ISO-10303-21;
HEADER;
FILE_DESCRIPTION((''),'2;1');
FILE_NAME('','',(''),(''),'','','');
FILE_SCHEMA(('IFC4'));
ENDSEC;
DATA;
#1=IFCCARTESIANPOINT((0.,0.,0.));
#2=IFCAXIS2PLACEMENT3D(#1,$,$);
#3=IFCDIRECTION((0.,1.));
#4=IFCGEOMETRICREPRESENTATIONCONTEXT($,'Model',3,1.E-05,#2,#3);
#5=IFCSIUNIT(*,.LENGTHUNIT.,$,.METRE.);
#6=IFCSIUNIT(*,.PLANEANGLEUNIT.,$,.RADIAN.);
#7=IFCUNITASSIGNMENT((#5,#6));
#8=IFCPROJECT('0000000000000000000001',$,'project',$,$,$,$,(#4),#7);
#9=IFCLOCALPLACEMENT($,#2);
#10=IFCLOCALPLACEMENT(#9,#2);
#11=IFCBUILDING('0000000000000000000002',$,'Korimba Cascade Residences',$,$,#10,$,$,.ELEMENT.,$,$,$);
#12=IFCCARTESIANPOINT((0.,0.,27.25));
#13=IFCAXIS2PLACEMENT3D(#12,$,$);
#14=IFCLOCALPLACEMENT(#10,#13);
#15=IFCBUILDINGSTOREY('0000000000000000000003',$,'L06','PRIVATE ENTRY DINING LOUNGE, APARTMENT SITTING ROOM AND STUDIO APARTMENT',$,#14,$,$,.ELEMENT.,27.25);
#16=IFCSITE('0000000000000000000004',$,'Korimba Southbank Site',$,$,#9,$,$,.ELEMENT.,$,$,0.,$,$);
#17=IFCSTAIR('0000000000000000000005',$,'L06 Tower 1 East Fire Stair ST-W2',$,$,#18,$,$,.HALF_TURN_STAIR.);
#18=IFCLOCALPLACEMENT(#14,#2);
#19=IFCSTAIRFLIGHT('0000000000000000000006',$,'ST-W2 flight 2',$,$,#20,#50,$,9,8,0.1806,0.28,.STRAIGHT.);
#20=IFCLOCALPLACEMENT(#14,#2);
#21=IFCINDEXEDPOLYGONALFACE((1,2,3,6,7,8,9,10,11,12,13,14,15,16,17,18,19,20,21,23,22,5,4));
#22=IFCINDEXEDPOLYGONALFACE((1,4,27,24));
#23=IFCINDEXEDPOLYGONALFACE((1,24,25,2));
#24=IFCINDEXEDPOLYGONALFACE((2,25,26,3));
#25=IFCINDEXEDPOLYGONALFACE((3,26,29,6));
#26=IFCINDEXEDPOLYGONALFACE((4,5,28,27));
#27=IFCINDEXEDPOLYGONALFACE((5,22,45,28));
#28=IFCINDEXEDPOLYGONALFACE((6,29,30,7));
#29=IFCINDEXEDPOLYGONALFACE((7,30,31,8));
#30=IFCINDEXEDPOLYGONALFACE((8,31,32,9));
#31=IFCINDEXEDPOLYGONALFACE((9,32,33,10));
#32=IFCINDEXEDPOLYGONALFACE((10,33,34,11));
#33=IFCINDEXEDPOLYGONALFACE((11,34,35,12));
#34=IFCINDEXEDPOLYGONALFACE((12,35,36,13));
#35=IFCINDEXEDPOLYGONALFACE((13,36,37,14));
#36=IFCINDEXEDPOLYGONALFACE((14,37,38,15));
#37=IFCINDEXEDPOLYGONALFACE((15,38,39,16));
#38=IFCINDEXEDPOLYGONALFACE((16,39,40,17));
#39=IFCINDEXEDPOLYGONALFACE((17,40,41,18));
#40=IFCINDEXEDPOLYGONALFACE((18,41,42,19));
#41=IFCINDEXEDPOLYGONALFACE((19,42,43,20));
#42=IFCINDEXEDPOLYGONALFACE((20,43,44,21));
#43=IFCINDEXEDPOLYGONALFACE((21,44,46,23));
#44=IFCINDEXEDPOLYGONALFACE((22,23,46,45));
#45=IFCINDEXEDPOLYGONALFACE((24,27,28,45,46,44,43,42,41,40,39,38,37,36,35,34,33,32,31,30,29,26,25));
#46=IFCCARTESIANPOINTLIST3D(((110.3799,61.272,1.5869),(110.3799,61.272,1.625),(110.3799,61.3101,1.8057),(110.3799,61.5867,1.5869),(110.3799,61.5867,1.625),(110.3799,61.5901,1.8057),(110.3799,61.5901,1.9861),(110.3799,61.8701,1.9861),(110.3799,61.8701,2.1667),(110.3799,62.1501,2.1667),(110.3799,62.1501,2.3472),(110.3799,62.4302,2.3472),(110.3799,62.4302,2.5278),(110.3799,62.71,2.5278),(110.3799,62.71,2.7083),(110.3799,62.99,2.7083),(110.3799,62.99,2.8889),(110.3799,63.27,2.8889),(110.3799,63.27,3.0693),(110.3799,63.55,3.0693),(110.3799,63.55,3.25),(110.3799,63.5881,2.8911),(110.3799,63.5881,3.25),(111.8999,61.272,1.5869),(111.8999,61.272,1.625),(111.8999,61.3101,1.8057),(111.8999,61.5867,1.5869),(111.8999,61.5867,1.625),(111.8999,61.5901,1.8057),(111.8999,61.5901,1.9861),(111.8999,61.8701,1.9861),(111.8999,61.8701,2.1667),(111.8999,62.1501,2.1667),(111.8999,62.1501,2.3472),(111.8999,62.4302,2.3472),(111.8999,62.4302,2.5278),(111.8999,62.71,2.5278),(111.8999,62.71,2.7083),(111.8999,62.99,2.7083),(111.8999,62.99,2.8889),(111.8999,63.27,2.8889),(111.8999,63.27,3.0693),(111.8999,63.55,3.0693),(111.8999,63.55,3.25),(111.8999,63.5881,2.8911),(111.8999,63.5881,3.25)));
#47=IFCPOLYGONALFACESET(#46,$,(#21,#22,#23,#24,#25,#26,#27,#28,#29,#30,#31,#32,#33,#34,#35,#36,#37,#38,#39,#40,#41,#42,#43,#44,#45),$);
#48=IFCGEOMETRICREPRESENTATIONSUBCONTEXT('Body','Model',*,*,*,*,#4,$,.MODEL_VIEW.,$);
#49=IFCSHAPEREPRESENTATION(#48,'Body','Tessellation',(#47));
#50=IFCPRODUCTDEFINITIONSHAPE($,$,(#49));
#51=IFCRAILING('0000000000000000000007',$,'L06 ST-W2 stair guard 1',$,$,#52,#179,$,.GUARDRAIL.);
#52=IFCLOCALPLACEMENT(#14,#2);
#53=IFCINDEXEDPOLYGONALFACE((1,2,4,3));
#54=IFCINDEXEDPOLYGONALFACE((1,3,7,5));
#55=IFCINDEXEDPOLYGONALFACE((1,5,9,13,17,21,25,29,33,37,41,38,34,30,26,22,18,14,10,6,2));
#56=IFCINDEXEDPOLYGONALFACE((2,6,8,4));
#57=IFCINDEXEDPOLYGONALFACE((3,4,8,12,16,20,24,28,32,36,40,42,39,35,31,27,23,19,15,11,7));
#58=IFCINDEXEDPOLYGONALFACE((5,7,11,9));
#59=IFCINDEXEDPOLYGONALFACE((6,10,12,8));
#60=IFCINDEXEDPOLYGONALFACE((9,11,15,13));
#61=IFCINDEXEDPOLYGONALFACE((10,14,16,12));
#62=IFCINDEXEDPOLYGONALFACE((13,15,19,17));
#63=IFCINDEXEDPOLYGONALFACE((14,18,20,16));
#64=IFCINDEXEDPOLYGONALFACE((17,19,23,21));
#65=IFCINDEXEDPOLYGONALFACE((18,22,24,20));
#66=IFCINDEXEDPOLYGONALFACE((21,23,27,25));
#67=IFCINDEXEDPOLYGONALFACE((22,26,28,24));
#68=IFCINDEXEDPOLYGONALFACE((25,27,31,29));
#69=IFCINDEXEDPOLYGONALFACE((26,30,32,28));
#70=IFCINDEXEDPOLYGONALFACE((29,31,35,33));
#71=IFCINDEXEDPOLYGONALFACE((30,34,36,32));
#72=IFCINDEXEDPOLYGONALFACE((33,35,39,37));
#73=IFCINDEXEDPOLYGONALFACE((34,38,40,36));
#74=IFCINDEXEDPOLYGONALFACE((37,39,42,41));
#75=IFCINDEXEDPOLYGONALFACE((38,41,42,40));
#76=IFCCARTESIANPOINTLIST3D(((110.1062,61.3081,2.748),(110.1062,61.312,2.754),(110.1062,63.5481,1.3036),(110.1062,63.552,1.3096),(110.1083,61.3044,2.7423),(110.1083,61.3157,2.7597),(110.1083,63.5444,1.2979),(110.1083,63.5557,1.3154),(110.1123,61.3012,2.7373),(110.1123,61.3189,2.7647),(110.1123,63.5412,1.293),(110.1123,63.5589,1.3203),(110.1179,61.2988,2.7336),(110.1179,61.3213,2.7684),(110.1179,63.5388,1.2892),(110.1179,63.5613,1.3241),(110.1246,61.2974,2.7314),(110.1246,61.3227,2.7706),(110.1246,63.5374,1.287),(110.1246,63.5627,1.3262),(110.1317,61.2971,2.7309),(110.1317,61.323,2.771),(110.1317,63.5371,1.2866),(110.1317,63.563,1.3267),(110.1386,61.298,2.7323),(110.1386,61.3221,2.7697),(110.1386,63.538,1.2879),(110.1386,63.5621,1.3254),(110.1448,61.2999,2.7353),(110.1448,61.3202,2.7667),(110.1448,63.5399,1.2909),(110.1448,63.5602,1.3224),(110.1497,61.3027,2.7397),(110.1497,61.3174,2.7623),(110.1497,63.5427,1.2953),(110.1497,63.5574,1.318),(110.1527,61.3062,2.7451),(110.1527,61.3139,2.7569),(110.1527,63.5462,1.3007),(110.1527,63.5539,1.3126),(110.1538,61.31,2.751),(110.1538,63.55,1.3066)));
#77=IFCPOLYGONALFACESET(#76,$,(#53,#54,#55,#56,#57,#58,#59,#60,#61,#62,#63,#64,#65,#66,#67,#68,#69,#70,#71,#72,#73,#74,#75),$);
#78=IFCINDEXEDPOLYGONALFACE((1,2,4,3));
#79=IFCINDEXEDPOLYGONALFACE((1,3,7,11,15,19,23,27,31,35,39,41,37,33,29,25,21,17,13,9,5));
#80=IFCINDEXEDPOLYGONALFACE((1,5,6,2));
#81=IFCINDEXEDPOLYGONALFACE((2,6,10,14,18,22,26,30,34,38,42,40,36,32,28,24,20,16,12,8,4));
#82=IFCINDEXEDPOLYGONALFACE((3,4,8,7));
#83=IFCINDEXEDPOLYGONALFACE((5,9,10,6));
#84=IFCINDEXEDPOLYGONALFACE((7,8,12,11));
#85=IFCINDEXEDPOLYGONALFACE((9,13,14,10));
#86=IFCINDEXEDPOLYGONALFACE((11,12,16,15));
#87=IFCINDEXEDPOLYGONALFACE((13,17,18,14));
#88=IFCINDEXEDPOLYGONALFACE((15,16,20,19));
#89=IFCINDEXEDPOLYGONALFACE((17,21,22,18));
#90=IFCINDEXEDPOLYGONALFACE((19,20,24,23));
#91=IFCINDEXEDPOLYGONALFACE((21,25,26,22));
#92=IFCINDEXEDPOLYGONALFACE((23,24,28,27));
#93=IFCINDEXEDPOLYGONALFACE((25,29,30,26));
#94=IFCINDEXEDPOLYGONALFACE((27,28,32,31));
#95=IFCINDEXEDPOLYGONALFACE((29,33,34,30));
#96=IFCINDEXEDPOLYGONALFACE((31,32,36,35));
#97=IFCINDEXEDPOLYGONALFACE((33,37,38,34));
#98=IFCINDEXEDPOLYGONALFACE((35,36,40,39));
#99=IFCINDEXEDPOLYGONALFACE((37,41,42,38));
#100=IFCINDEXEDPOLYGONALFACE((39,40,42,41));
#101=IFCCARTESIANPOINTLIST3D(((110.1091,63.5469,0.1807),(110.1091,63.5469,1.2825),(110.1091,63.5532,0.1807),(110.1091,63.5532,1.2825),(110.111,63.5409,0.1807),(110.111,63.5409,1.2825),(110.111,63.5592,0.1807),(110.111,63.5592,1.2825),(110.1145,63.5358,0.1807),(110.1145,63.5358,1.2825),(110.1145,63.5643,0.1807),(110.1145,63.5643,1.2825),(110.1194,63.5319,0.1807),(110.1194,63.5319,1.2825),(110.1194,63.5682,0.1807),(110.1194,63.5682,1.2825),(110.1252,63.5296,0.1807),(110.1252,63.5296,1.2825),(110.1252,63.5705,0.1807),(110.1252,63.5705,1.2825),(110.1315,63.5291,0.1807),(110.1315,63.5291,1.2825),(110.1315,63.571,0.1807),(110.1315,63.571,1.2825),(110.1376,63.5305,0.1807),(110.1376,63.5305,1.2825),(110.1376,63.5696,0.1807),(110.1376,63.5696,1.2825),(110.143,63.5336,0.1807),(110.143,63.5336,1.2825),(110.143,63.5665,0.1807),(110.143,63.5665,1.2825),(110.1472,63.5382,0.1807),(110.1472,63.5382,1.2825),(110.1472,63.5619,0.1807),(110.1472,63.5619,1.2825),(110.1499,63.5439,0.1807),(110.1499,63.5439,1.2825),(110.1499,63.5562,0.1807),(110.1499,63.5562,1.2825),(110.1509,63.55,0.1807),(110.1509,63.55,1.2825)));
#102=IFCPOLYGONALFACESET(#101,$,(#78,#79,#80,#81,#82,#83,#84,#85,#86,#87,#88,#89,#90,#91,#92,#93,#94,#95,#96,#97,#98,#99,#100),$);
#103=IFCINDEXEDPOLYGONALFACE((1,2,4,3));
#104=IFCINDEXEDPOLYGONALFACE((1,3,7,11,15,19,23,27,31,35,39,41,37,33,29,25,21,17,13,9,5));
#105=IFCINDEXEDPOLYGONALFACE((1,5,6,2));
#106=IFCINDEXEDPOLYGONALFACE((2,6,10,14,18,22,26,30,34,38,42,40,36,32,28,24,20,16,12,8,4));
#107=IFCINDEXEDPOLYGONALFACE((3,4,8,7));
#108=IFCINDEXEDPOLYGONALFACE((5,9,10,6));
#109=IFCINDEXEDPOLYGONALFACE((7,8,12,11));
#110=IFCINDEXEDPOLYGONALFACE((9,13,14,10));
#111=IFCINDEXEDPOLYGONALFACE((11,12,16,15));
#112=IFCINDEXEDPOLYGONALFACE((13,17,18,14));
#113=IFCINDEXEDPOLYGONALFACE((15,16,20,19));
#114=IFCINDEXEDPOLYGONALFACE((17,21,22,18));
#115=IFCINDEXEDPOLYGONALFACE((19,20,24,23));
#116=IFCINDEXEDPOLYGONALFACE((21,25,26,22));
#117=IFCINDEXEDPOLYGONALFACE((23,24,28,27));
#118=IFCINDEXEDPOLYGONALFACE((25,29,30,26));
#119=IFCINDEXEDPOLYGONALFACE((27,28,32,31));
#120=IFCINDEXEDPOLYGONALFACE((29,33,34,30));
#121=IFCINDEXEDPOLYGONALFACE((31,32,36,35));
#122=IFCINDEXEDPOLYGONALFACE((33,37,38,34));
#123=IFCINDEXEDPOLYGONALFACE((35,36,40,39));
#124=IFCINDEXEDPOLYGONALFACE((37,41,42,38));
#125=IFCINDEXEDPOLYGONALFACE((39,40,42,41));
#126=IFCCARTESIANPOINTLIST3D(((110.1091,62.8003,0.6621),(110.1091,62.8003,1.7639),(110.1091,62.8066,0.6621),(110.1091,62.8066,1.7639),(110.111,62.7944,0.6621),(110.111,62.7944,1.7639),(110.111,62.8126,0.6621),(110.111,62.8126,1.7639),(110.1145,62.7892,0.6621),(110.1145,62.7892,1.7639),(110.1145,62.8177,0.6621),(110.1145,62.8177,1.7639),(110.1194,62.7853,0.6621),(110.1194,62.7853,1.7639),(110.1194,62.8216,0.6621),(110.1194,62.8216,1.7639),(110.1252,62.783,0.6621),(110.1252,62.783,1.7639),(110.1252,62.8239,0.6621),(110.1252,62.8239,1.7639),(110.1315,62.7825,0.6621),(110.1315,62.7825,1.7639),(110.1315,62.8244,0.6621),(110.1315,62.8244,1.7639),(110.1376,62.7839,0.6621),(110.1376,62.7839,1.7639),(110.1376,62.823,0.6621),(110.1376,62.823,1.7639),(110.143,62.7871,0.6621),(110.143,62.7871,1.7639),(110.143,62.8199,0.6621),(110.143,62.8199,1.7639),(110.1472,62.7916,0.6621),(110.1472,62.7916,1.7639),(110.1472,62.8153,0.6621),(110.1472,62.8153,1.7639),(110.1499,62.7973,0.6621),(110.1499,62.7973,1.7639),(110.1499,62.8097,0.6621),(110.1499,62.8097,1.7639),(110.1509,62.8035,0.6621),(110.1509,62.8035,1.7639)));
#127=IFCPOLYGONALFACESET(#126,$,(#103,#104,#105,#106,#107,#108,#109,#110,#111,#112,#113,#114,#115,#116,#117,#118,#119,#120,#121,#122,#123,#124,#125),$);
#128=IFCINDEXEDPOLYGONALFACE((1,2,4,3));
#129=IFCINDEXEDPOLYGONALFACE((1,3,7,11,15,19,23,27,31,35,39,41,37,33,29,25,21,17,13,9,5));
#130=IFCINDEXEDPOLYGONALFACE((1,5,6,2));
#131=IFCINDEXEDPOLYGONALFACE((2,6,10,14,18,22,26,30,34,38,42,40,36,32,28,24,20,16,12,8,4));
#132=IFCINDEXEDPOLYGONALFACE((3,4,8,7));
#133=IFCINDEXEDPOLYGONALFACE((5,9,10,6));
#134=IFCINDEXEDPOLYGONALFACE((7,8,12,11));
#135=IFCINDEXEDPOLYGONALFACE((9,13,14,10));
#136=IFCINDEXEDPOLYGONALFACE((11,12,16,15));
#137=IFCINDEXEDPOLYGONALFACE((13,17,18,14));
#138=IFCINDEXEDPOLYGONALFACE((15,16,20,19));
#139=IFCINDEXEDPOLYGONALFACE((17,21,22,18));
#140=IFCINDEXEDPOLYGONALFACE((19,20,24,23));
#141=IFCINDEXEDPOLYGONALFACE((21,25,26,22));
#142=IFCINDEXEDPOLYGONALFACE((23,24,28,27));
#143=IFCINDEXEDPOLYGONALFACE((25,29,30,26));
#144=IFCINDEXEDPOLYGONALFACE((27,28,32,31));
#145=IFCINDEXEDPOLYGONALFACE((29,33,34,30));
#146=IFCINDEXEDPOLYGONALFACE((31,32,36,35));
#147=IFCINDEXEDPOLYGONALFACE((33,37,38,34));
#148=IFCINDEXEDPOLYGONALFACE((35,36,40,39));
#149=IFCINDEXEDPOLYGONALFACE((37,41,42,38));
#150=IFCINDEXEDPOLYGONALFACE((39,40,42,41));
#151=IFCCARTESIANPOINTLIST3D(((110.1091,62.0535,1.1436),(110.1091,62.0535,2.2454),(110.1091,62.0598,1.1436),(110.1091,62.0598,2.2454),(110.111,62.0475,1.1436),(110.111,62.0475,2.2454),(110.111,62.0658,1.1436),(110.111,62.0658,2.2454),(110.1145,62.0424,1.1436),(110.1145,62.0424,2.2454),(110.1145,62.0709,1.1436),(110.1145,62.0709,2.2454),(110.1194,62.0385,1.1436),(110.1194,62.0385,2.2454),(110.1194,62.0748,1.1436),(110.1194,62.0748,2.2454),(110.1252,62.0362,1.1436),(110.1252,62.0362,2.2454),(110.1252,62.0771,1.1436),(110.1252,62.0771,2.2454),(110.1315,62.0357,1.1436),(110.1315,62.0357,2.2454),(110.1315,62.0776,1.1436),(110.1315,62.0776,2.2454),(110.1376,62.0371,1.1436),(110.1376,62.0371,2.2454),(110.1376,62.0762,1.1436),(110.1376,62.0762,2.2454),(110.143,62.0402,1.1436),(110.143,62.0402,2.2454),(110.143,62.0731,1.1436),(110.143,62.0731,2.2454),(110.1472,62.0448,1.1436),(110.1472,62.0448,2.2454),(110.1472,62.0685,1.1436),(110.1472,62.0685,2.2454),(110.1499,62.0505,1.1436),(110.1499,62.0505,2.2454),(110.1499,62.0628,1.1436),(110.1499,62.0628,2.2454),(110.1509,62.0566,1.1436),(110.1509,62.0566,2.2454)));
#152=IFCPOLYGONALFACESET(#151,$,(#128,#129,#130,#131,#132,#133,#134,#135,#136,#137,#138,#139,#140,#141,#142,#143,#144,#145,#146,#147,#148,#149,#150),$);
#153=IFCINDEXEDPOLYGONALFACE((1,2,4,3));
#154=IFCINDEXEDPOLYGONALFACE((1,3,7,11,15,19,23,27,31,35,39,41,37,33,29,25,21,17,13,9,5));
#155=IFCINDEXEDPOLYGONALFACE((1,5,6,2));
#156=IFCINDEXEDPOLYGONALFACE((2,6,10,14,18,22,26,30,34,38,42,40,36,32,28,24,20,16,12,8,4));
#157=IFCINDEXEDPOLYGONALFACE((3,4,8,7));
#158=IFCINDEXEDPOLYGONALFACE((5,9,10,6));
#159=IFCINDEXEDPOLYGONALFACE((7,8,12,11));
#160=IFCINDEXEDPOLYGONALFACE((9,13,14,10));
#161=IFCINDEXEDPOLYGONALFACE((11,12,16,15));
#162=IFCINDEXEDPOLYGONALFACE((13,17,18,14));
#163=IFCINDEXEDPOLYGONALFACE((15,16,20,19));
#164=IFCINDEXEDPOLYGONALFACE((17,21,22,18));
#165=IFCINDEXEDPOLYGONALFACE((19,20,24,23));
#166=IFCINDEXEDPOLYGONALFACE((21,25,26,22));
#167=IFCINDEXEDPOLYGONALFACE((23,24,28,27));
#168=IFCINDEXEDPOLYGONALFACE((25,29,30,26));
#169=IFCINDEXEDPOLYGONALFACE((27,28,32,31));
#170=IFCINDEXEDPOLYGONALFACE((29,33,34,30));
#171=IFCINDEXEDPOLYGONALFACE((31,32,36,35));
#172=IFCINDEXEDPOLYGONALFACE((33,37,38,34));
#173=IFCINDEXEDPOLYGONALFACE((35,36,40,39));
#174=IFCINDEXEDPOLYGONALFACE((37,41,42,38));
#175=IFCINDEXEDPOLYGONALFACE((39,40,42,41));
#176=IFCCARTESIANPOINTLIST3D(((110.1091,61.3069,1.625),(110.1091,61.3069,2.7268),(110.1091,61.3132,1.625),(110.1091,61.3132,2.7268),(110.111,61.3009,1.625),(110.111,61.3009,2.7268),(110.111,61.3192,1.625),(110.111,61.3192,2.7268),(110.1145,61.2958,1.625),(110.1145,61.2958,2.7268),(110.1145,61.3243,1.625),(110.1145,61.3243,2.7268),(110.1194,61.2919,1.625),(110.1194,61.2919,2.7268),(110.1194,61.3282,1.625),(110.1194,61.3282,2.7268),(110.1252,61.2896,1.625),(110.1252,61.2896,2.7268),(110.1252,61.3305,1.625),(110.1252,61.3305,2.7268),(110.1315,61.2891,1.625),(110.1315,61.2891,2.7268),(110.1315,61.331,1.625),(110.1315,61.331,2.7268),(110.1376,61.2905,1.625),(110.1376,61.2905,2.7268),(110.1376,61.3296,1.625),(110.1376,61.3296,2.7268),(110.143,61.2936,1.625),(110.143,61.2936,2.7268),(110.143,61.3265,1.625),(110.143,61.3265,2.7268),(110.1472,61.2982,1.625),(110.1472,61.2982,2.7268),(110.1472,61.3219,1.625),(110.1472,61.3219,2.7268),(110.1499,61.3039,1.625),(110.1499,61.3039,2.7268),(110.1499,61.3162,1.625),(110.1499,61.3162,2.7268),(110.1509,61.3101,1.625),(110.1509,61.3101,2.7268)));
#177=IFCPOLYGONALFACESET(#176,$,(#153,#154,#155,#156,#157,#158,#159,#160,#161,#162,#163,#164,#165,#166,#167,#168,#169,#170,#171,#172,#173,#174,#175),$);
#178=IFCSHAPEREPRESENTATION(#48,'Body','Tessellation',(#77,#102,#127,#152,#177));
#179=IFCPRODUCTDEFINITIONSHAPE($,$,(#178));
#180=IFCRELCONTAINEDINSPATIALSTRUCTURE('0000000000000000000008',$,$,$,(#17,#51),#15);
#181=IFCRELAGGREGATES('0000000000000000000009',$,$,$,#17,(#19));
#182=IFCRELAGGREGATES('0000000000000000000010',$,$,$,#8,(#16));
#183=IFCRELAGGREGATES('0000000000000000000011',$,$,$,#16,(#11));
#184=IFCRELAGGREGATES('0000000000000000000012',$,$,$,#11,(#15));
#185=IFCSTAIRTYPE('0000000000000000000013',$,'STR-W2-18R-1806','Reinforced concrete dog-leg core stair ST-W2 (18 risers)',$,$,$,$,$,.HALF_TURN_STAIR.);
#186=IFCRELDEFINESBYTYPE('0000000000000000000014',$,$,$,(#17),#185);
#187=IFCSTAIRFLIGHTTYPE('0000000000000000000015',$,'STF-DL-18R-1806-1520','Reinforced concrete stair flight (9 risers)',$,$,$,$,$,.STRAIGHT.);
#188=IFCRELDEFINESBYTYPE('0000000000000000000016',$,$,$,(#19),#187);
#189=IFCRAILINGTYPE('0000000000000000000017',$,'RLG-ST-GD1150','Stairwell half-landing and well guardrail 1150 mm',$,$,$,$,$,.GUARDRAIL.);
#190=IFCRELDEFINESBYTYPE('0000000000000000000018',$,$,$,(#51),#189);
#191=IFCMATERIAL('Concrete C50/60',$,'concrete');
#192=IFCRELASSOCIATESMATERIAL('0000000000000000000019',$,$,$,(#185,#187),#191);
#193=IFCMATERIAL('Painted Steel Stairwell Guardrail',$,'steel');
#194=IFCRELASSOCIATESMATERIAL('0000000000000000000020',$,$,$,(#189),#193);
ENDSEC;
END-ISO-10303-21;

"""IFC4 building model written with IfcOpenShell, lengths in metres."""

from ifc_helpers import new_model, si_unit, direction, frame, origin, origin_2d, place, context, subcontext, project, spatial, polyline, circle, outline, extrude, material, type_object, element, aggregate, save


model = new_model("IFC4")

# Units and contexts
model_context = context("Model", 3, precision=1e-05, world=origin(), true_north=direction((0.0, 1.0)))
body_context = subcontext(model_context, "Body", "Model", "MODEL_VIEW")
ifc_project = project(units=[si_unit("LENGTHUNIT", "METRE"), si_unit("PLANEANGLEUNIT", "RADIAN")], contexts=[model_context])

# Site, building, storey
site_placement = place(None, origin())
site = spatial("IfcSite", under=ifc_project, at=site_placement, Name="Korimba Southbank Site", CompositionType="ELEMENT", RefElevation=0.0)
building_placement = place(site_placement, origin())
building = spatial("IfcBuilding", under=site, at=building_placement, Name="Korimba Cascade Residences", CompositionType="ELEMENT")
storey_placement = place(building_placement, frame((0.0, 0.0, 27.25)))
storey = spatial("IfcBuildingStorey", under=building, at=storey_placement, Name="L06", Description="PRIVATE ENTRY DINING LOUNGE, APARTMENT SITTING ROOM AND STUDIO APARTMENT", CompositionType="ELEMENT", Elevation=27.25)

# Shared definitions
ifc_material_1 = material(Name="Concrete C50/60", Category="concrete")

# Stair, stair flight
stair_type = type_object("IfcStairType", Name="STR-W2-18R-1806", Description="Reinforced concrete dog-leg core stair ST-W2 (18 risers)", PredefinedType="HALF_TURN_STAIR", material=ifc_material_1)
stair_placement = place(storey_placement, origin())
stair = element("IfcStair", 1, at=stair_placement, inside=storey, type_object=stair_type, Name="L06 Tower 1 East Fire Stair ST-W2", PredefinedType="HALF_TURN_STAIR")
stair_flight_type = type_object("IfcStairFlightType", Name="STF-DL-18R-1806-1520", Description="Reinforced concrete stair flight (9 risers)", PredefinedType="STRAIGHT", material=ifc_material_1)
stair_flight_1_placement = place(storey_placement, frame((111.1399, 61.3101, 1.625), z_axis=(0.0, 0.0, 1.0), x_axis=(0.0, 1.0, 0.0)))
stair_flight_1 = element("IfcStairFlight", 2, at=stair_flight_1_placement, type_object=stair_flight_type, Name="ST-W2 flight 2", NumberOfRisers=9, NumberOfTreads=8, PredefinedType="STRAIGHT", RiserHeight=0.1806, TreadLength=0.28, context=body_context, shape_type="SweptSolid", body=[
    extrude(outline(polyline([(-0.0381, 0.0), (0.0, 0.1807), (0.28, 0.1807), (0.28, 0.3611), (0.5601, 0.3611), (0.5601, 0.5417), (0.8401, 0.5417), (0.8401, 0.7222), (1.1201, 0.7222), (1.1201, 0.9028), (1.3999, 0.9028), (1.3999, 1.0833), (1.6799, 1.0833), (1.6799, 1.2639), (1.96, 1.2639), (1.96, 1.4443), (2.24, 1.4443), (2.24, 1.625), (2.2781, 1.625), (2.2781, 1.2661), (0.2766, 0.0), (0.2766, -0.0381), (-0.0381, -0.0381), (-0.0381, 0.0)])), frame((0.0, 0.76, 0.0), z_axis=(0.0, -1.0, 0.0), x_axis=(1.0, 0.0, 0.0)), (0.0, 0.0, 1.0), 1.52),
])
aggregate(stair, [stair_flight_1])

# Railing
ifc_material_2 = material(Name="Painted Steel Stairwell Guardrail", Category="steel")
railing_type_1 = type_object("IfcRailingType", Name="RLG-ST-GD1150", Description="Stairwell half-landing and well guardrail 1150 mm", PredefinedType="GUARDRAIL", material=ifc_material_2)
railing_1_placement = place(storey_placement, frame((110.1299, 63.55, 0.1807)))
element("IfcRailing", 3, at=railing_1_placement, inside=storey, type_object=railing_type_1, Name="L06 ST-W2 stair guard 1", PredefinedType="GUARDRAIL", context=body_context, shape_type="SweptSolid", body=[
    extrude(circle(Radius=0.0239, at=origin_2d()), frame((0.0, 0.0, 1.126), z_axis=(0.0, -0.840437, 0.54191), x_axis=(1.0, 0.0, 0.0)), (0.0, 0.0, 1.0), 2.6653),
    extrude(circle(Radius=0.021, at=origin_2d()), origin(), (0.0, 0.0, 1.0), 1.1018),
    extrude(circle(Radius=0.021, at=origin_2d()), frame((0.0, -0.7466, 0.4814)), (0.0, 0.0, 1.0), 1.1018),
    extrude(circle(Radius=0.021, at=origin_2d()), frame((0.0, -1.4934, 0.9629)), (0.0, 0.0, 1.0), 1.1018),
    extrude(circle(Radius=0.021, at=origin_2d()), frame((0.0, -2.24, 1.4443)), (0.0, 0.0, 1.0), 1.1018),
])

save(model, "model.ifc")
